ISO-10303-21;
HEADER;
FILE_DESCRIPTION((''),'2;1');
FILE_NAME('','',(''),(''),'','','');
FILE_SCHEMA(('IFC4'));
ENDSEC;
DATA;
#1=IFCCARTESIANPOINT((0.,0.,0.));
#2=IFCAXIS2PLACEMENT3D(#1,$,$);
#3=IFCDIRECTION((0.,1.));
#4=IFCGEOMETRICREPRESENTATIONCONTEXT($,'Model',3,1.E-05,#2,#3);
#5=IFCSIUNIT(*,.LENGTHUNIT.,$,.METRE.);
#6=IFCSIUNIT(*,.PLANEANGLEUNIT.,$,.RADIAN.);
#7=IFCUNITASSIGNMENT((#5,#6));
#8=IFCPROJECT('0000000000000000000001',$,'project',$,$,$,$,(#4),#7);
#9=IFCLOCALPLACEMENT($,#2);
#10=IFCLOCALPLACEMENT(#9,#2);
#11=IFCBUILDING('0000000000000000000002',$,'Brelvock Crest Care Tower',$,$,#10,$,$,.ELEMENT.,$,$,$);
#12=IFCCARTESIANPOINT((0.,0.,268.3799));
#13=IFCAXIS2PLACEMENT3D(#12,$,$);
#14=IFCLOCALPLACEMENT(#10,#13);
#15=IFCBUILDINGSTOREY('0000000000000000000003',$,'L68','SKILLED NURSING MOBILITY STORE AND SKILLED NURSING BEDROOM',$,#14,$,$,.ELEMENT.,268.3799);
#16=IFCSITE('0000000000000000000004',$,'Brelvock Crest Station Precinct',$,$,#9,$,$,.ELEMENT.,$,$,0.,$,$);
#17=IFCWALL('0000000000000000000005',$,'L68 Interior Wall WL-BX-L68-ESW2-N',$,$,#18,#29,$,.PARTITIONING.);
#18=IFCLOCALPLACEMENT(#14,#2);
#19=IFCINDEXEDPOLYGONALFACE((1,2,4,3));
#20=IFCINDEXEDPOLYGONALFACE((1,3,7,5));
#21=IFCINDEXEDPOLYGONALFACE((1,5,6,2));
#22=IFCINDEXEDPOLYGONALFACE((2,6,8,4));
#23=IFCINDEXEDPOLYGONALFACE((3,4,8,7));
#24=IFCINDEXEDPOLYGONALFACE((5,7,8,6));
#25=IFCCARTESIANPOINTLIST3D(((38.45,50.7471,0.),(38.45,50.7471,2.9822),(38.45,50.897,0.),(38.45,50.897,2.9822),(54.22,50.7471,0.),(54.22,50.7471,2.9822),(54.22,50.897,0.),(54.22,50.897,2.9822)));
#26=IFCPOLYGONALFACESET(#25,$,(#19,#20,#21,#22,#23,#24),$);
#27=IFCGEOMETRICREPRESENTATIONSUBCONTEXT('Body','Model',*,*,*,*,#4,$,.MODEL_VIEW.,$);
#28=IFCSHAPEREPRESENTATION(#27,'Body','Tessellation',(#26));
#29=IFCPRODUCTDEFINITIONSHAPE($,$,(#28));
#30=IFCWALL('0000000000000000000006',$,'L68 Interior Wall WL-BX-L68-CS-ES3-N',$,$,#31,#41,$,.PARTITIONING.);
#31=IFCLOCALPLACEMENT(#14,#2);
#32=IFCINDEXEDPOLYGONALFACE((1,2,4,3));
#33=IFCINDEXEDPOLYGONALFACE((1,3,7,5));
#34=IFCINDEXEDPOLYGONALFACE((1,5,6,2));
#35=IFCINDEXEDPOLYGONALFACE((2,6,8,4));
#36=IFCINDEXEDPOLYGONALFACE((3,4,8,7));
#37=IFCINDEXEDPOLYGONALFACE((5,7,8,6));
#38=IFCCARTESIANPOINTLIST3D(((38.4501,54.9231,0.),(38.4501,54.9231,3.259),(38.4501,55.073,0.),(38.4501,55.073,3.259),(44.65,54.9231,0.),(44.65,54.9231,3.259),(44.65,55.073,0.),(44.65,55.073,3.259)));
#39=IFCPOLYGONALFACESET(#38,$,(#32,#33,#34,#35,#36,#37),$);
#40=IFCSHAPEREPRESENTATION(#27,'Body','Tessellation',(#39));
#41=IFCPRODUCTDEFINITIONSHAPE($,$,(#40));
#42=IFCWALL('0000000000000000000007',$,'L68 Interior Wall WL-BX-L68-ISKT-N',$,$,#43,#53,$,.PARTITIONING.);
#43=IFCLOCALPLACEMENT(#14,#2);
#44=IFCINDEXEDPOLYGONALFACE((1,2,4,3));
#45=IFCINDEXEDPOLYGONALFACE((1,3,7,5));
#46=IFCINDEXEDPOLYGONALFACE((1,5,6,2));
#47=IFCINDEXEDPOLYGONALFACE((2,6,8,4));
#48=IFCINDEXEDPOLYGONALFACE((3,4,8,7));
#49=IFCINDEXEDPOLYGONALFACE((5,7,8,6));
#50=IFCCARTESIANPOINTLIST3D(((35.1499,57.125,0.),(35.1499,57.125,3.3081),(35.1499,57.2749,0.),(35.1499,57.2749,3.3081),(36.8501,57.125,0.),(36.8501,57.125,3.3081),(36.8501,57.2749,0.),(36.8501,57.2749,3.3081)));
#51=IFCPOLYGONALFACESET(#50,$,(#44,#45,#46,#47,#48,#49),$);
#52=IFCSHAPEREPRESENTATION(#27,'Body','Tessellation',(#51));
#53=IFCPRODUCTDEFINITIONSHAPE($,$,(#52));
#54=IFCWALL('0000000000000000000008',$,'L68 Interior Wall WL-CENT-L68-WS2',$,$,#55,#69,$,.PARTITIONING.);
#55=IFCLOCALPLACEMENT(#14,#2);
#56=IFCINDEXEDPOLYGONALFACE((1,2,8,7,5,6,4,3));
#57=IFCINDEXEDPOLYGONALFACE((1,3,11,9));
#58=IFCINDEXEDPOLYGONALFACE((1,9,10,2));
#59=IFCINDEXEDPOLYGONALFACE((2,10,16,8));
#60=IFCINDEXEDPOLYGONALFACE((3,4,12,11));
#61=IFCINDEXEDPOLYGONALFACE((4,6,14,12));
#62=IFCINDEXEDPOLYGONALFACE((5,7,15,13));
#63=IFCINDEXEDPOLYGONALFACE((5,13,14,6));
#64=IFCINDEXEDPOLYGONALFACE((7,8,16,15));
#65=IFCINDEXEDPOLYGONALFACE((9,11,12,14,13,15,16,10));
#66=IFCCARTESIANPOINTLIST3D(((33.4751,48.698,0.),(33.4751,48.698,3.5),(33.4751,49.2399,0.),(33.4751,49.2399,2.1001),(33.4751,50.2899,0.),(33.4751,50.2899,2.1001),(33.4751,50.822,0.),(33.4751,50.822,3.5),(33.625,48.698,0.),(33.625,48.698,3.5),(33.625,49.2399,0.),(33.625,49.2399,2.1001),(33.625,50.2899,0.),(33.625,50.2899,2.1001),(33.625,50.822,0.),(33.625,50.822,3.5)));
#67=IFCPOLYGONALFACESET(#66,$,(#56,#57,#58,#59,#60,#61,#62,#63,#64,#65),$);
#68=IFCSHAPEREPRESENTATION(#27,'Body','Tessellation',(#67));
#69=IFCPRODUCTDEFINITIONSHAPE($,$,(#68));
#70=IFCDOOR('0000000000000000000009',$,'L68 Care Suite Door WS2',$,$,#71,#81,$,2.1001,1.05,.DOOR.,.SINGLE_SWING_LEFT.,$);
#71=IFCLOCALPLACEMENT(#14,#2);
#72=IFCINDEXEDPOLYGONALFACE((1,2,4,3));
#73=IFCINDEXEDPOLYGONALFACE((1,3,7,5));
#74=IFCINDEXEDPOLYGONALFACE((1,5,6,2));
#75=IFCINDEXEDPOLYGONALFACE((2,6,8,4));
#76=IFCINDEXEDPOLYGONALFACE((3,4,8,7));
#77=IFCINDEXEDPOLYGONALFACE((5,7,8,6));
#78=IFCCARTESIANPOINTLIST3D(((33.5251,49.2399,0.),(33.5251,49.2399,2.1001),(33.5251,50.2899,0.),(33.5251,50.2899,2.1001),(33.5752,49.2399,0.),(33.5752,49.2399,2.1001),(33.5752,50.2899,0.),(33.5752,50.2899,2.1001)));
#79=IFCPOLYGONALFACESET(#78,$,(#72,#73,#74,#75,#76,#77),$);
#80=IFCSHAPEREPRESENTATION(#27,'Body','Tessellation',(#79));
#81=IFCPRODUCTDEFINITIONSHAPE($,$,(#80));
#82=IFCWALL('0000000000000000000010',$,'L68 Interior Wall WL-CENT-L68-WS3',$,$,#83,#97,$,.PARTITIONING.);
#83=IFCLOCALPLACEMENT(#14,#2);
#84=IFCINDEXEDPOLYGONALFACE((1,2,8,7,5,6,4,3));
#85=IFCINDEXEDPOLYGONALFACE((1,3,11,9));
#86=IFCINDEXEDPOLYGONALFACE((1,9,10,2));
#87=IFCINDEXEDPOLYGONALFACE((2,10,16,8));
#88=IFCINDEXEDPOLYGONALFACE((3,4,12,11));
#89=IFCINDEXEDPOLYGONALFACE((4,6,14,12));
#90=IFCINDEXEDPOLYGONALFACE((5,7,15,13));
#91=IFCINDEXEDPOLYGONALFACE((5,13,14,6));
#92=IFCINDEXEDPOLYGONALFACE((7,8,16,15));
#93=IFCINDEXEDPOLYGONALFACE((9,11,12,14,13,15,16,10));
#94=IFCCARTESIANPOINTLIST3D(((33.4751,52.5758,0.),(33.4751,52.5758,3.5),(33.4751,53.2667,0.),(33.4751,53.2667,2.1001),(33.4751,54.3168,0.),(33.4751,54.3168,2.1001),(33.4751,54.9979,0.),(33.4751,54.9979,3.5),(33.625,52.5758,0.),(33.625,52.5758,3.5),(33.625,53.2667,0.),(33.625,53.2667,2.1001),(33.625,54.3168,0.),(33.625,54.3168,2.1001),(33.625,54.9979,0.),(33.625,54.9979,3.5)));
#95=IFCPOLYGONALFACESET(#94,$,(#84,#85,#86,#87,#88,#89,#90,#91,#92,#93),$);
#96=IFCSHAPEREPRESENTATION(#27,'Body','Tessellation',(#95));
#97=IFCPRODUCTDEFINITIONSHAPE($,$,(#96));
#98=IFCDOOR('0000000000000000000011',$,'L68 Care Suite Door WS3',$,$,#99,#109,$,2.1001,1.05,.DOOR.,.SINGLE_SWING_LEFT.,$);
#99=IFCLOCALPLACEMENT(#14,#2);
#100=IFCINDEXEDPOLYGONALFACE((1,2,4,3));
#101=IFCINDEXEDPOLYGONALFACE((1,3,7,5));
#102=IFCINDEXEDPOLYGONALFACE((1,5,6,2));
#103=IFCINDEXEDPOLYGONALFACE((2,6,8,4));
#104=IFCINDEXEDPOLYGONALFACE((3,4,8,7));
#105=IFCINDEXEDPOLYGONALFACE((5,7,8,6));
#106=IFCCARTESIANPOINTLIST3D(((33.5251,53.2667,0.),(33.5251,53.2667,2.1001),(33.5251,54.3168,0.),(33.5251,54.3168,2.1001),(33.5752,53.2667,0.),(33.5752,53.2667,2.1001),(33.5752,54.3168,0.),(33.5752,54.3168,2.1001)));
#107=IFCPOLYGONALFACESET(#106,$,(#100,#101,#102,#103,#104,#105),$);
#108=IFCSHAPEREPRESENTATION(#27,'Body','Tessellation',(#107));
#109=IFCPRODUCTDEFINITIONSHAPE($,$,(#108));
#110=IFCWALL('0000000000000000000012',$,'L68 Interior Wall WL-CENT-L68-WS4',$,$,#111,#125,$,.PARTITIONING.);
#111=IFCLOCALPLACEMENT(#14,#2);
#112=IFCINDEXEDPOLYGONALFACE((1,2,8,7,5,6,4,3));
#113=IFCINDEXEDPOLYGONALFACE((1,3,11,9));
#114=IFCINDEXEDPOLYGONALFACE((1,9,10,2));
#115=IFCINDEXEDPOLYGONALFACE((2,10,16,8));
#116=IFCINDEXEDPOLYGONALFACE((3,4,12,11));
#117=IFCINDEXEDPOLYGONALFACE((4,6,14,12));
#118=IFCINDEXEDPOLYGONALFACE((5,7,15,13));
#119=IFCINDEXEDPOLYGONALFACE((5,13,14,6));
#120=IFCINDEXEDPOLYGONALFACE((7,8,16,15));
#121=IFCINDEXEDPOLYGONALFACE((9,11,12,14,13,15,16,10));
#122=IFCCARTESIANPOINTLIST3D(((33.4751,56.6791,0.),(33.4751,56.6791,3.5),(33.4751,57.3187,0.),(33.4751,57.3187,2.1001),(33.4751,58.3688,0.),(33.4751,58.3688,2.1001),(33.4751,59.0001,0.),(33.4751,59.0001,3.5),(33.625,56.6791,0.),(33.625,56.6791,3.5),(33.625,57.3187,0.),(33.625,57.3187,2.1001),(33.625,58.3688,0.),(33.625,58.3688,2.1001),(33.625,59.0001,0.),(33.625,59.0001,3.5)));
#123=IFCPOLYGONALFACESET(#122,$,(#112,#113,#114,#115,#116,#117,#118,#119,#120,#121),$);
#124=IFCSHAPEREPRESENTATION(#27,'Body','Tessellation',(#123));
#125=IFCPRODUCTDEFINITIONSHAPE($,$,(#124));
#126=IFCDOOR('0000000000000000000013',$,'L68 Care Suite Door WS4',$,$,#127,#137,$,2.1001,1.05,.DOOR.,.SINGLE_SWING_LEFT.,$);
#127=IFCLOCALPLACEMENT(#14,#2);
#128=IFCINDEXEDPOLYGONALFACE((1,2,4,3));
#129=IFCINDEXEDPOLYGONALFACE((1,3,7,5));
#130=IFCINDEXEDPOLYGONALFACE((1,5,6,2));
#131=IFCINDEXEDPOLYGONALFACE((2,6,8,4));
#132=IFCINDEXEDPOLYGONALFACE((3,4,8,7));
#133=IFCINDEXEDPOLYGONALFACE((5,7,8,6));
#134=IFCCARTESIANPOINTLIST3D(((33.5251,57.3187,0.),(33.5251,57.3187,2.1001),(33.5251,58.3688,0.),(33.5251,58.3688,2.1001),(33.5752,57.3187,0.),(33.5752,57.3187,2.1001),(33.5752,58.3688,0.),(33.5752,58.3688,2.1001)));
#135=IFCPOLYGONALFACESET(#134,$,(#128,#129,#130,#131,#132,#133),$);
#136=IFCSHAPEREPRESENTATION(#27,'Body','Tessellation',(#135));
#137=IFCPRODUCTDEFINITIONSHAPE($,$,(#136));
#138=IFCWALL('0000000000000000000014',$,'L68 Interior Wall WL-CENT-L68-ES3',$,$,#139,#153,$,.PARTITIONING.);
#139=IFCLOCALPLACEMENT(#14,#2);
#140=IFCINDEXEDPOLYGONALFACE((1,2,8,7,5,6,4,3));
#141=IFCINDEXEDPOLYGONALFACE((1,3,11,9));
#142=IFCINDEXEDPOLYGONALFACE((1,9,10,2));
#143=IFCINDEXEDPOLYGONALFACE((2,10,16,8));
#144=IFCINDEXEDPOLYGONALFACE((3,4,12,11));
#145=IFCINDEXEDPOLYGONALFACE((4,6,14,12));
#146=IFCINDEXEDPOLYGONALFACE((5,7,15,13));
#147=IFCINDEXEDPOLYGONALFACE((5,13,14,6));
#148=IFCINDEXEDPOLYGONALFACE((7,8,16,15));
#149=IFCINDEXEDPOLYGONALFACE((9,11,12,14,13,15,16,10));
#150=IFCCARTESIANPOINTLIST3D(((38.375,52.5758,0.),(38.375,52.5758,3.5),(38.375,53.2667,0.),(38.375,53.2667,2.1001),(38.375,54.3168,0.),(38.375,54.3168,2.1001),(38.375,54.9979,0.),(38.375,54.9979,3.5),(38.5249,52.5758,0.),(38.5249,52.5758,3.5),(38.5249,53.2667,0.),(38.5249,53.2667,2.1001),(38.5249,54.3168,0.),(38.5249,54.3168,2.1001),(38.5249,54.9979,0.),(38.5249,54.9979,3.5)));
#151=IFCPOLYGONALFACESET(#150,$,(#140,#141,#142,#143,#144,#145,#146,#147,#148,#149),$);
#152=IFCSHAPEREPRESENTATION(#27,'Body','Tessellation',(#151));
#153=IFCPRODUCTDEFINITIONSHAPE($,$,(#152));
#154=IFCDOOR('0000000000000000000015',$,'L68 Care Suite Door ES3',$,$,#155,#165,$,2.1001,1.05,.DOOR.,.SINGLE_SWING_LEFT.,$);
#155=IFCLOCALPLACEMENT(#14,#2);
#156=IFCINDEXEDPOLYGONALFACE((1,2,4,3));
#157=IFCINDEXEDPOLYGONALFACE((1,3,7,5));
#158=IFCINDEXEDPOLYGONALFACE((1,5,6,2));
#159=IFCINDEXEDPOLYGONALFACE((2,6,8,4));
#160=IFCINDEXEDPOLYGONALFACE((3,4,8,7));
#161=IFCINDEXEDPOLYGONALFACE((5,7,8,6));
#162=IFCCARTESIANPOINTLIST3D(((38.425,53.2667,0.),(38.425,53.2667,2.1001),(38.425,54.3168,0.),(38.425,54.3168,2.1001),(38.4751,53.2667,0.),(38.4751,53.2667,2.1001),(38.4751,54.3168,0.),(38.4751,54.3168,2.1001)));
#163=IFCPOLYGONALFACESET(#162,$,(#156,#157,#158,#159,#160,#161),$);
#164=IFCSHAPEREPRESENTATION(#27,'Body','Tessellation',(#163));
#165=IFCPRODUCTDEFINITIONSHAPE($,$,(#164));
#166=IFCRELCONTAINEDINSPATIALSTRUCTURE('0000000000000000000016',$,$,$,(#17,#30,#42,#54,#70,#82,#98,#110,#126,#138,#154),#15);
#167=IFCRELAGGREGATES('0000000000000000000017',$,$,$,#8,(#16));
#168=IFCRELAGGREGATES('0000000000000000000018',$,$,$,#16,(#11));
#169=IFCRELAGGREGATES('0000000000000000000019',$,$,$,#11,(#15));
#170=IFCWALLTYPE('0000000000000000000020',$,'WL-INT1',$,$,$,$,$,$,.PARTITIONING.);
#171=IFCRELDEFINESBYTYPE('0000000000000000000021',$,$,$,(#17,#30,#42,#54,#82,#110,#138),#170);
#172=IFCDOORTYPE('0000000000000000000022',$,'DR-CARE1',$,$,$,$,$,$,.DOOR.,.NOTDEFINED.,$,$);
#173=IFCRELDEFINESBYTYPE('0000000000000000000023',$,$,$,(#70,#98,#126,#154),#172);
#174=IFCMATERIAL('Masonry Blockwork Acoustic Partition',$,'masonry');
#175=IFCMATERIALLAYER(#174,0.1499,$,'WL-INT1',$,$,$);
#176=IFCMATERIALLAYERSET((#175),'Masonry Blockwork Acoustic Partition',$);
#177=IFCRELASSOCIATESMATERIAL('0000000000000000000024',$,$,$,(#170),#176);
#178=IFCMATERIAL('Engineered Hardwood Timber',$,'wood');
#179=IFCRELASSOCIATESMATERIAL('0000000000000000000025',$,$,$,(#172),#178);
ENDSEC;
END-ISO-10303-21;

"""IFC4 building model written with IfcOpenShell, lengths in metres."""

from ifc_helpers import new_model, si_unit, direction, frame, frame_2d, origin, origin_2d, place, context, subcontext, project, spatial, rectangle, extrude, source, transform, mapped, material, layer, layer_set, type_object, element, fill, save


model = new_model("IFC4")

# Units and contexts
model_context = context("Model", 3, precision=1e-05, world=origin(), true_north=direction((0.0, 1.0)))
body_context = subcontext(model_context, "Body", "Model", "MODEL_VIEW")
ifc_project = project(units=[si_unit("LENGTHUNIT", "METRE"), si_unit("PLANEANGLEUNIT", "RADIAN")], contexts=[model_context])

# Site, building, storey
site_placement = place(None, origin())
site = spatial("IfcSite", under=ifc_project, at=site_placement, Name="Brelvock Crest Station Precinct", CompositionType="ELEMENT", RefElevation=0.0)
building_placement = place(site_placement, origin())
building = spatial("IfcBuilding", under=site, at=building_placement, Name="Brelvock Crest Care Tower", CompositionType="ELEMENT")
storey_placement = place(building_placement, frame((0.0, 0.0, 268.3799)))
storey = spatial("IfcBuildingStorey", under=building, at=storey_placement, Name="L68", Description="SKILLED NURSING MOBILITY STORE AND SKILLED NURSING BEDROOM", CompositionType="ELEMENT", Elevation=268.3799)

# Walls
ifc_material_1 = material(Name="Masonry Blockwork Acoustic Partition", Category="masonry")
ifc_layer_1 = layer(ifc_material_1, 0.1499, Name="WL-INT1")
ifc_layer_set_1 = layer_set([ifc_layer_1], Name="Masonry Blockwork Acoustic Partition")
wall_type_1 = type_object("IfcWallType", Name="WL-INT1", PredefinedType="PARTITIONING", material=ifc_layer_set_1)
wall_1_placement = place(storey_placement, frame((38.45, 50.822, 0.0), z_axis=(0.0, 0.0, 1.0), x_axis=(1.0, 0.0, 0.0)))
element("IfcWall", 1, at=wall_1_placement, inside=storey, type_object=wall_type_1, Name="L68 Interior Wall WL-BX-L68-ESW2-N", PredefinedType="PARTITIONING", context=body_context, shape_type="SweptSolid", body=[
    extrude(rectangle(XDim=15.77, YDim=0.1499, at=frame_2d((7.885, 0.0))), origin(), (0.0, 0.0, 1.0), 2.9822),
])
wall_2_placement = place(storey_placement, frame((38.45, 54.998, 0.0), z_axis=(0.0, 0.0, 1.0), x_axis=(1.0, 0.0, 0.0)))
element("IfcWall", 2, at=wall_2_placement, inside=storey, type_object=wall_type_1, Name="L68 Interior Wall WL-BX-L68-CS-ES3-N", PredefinedType="PARTITIONING", context=body_context, shape_type="SweptSolid", body=[
    extrude(rectangle(XDim=6.2, YDim=0.1499, at=frame_2d((3.1001, 0.0))), origin(), (0.0, 0.0, 1.0), 3.259),
])
wall_3_placement = place(storey_placement, frame((35.1499, 57.2, 0.0), z_axis=(0.0, 0.0, 1.0), x_axis=(1.0, 0.0, 0.0)))
element("IfcWall", 3, at=wall_3_placement, inside=storey, type_object=wall_type_1, Name="L68 Interior Wall WL-BX-L68-ISKT-N", PredefinedType="PARTITIONING", context=body_context, shape_type="SweptSolid", body=[
    extrude(rectangle(XDim=1.7002, YDim=0.1499, at=frame_2d((0.8501, 0.0))), origin(), (0.0, 0.0, 1.0), 3.3081),
])

# Walls, openings, doors
wall_4_placement = place(storey_placement, frame((33.55, 48.698, 0.0), z_axis=(0.0, 0.0, 1.0), x_axis=(0.0, 1.0, 0.0)))
wall_4 = element("IfcWall", 4, at=wall_4_placement, inside=storey, type_object=wall_type_1, Name="L68 Interior Wall WL-CENT-L68-WS2", PredefinedType="PARTITIONING", context=body_context, shape_type="SweptSolid", body=[
    extrude(rectangle(XDim=2.124, YDim=0.1499, at=frame_2d((1.062, 0.0))), origin(), (0.0, 0.0, 1.0), 3.5),
])
opening_1_placement = place(wall_4_placement, frame((0.542, 0.0, 0.0)))
opening_1 = element("IfcOpeningElement", 5, at=opening_1_placement, cuts=wall_4, PredefinedType="OPENING", context=body_context, shape_type="SweptSolid", body=[
    extrude(rectangle(XDim=1.05, YDim=2.1001, at=origin_2d()), frame((0.5249, 0.085, 1.05), z_axis=(0.0, -1.0, 0.0), x_axis=(1.0, 0.0, 0.0)), (0.0, 0.0, 1.0), 0.1699),
])
ifc_material_2 = material(Name="Engineered Hardwood Timber", Category="wood")
door_type = type_object("IfcDoorType", Name="DR-CARE1", OperationType="NOTDEFINED", PredefinedType="DOOR", material=ifc_material_2)
shared_shape_1 = source(origin(), body_context, "Body", "SweptSolid", [
    extrude(rectangle(XDim=1.05, YDim=2.1001, at=origin_2d()), frame((0.5249, 0.0249, 1.05), z_axis=(0.0, -1.0, 0.0), x_axis=(1.0, 0.0, 0.0)), (0.0, 0.0, 1.0), 0.05),
])
door_1_placement = place(opening_1_placement, origin())
door_1 = element("IfcDoor", 6, at=door_1_placement, inside=storey, type_object=door_type, Name="L68 Care Suite Door WS2", OperationType="SINGLE_SWING_LEFT", OverallHeight=2.1001, OverallWidth=1.05, PredefinedType="DOOR", context=body_context, shape_type="MappedRepresentation", body=[
    mapped(shared_shape_1, transform((0.0, 0.0, 0.0), x_axis=(1.0, 0.0, 0.0), y_axis=(0.0, 1.0, 0.0), z_axis=(0.0, 0.0, 1.0), scale=1.0)),
])
fill(opening_1, door_1)
wall_5_placement = place(storey_placement, frame((33.55, 52.5759, 0.0), z_axis=(0.0, 0.0, 1.0), x_axis=(0.0, 1.0, 0.0)))
wall_5 = element("IfcWall", 7, at=wall_5_placement, inside=storey, type_object=wall_type_1, Name="L68 Interior Wall WL-CENT-L68-WS3", PredefinedType="PARTITIONING", context=body_context, shape_type="SweptSolid", body=[
    extrude(rectangle(XDim=2.4221, YDim=0.1499, at=frame_2d((1.2109, 0.0))), origin(), (0.0, 0.0, 1.0), 3.5),
])
opening_2_placement = place(wall_5_placement, frame((0.6909, 0.0, 0.0)))
opening_2 = element("IfcOpeningElement", 8, at=opening_2_placement, cuts=wall_5, PredefinedType="OPENING", context=body_context, shape_type="SweptSolid", body=[
    extrude(rectangle(XDim=1.05, YDim=2.1001, at=origin_2d()), frame((0.5249, 0.085, 1.05), z_axis=(0.0, -1.0, 0.0), x_axis=(1.0, 0.0, 0.0)), (0.0, 0.0, 1.0), 0.1699),
])
door_2_placement = place(opening_2_placement, origin())
door_2 = element("IfcDoor", 9, at=door_2_placement, inside=storey, type_object=door_type, Name="L68 Care Suite Door WS3", OperationType="SINGLE_SWING_LEFT", OverallHeight=2.1001, OverallWidth=1.05, PredefinedType="DOOR", context=body_context, shape_type="MappedRepresentation", body=[
    mapped(shared_shape_1, transform((0.0, 0.0, 0.0), x_axis=(1.0, 0.0, 0.0), y_axis=(0.0, 1.0, 0.0), z_axis=(0.0, 0.0, 1.0), scale=1.0)),
])
fill(opening_2, door_2)
wall_6_placement = place(storey_placement, frame((33.55, 56.679, 0.0), z_axis=(0.0, 0.0, 1.0), x_axis=(0.0, 1.0, 0.0)))
wall_6 = element("IfcWall", 10, at=wall_6_placement, inside=storey, type_object=wall_type_1, Name="L68 Interior Wall WL-CENT-L68-WS4", PredefinedType="PARTITIONING", context=body_context, shape_type="SweptSolid", body=[
    extrude(rectangle(XDim=2.321, YDim=0.1499, at=frame_2d((1.1606, 0.0))), origin(), (0.0, 0.0, 1.0), 3.5),
])
opening_3_placement = place(wall_6_placement, frame((0.6399, 0.0, 0.0)))
opening_3 = element("IfcOpeningElement", 11, at=opening_3_placement, cuts=wall_6, PredefinedType="OPENING", context=body_context, shape_type="SweptSolid", body=[
    extrude(rectangle(XDim=1.05, YDim=2.1001, at=origin_2d()), frame((0.5249, 0.085, 1.05), z_axis=(0.0, -1.0, 0.0), x_axis=(1.0, 0.0, 0.0)), (0.0, 0.0, 1.0), 0.1699),
])
door_3_placement = place(opening_3_placement, origin())
door_3 = element("IfcDoor", 12, at=door_3_placement, inside=storey, type_object=door_type, Name="L68 Care Suite Door WS4", OperationType="SINGLE_SWING_LEFT", OverallHeight=2.1001, OverallWidth=1.05, PredefinedType="DOOR", context=body_context, shape_type="MappedRepresentation", body=[
    mapped(shared_shape_1, transform((0.0, 0.0, 0.0), x_axis=(1.0, 0.0, 0.0), y_axis=(0.0, 1.0, 0.0), z_axis=(0.0, 0.0, 1.0), scale=1.0)),
])
fill(opening_3, door_3)
wall_7_placement = place(storey_placement, frame((38.45, 52.5759, 0.0), z_axis=(0.0, 0.0, 1.0), x_axis=(0.0, 1.0, 0.0)))
wall_7 = element("IfcWall", 13, at=wall_7_placement, inside=storey, type_object=wall_type_1, Name="L68 Interior Wall WL-CENT-L68-ES3", PredefinedType="PARTITIONING", context=body_context, shape_type="SweptSolid", body=[
    extrude(rectangle(XDim=2.4221, YDim=0.1499, at=frame_2d((1.2109, 0.0))), origin(), (0.0, 0.0, 1.0), 3.5),
])
opening_4_placement = place(wall_7_placement, frame((0.6909, 0.0, 0.0)))
opening_4 = element("IfcOpeningElement", 14, at=opening_4_placement, cuts=wall_7, PredefinedType="OPENING", context=body_context, shape_type="SweptSolid", body=[
    extrude(rectangle(XDim=1.05, YDim=2.1001, at=origin_2d()), frame((0.5249, 0.085, 1.05), z_axis=(0.0, -1.0, 0.0), x_axis=(1.0, 0.0, 0.0)), (0.0, 0.0, 1.0), 0.1699),
])
door_4_placement = place(opening_4_placement, origin())
door_4 = element("IfcDoor", 15, at=door_4_placement, inside=storey, type_object=door_type, Name="L68 Care Suite Door ES3", OperationType="SINGLE_SWING_LEFT", OverallHeight=2.1001, OverallWidth=1.05, PredefinedType="DOOR", context=body_context, shape_type="MappedRepresentation", body=[
    mapped(shared_shape_1, transform((0.0, 0.0, 0.0), x_axis=(1.0, 0.0, 0.0), y_axis=(0.0, 1.0, 0.0), z_axis=(0.0, 0.0, 1.0), scale=1.0)),
])
fill(opening_4, door_4)

save(model, "model.ifc")
